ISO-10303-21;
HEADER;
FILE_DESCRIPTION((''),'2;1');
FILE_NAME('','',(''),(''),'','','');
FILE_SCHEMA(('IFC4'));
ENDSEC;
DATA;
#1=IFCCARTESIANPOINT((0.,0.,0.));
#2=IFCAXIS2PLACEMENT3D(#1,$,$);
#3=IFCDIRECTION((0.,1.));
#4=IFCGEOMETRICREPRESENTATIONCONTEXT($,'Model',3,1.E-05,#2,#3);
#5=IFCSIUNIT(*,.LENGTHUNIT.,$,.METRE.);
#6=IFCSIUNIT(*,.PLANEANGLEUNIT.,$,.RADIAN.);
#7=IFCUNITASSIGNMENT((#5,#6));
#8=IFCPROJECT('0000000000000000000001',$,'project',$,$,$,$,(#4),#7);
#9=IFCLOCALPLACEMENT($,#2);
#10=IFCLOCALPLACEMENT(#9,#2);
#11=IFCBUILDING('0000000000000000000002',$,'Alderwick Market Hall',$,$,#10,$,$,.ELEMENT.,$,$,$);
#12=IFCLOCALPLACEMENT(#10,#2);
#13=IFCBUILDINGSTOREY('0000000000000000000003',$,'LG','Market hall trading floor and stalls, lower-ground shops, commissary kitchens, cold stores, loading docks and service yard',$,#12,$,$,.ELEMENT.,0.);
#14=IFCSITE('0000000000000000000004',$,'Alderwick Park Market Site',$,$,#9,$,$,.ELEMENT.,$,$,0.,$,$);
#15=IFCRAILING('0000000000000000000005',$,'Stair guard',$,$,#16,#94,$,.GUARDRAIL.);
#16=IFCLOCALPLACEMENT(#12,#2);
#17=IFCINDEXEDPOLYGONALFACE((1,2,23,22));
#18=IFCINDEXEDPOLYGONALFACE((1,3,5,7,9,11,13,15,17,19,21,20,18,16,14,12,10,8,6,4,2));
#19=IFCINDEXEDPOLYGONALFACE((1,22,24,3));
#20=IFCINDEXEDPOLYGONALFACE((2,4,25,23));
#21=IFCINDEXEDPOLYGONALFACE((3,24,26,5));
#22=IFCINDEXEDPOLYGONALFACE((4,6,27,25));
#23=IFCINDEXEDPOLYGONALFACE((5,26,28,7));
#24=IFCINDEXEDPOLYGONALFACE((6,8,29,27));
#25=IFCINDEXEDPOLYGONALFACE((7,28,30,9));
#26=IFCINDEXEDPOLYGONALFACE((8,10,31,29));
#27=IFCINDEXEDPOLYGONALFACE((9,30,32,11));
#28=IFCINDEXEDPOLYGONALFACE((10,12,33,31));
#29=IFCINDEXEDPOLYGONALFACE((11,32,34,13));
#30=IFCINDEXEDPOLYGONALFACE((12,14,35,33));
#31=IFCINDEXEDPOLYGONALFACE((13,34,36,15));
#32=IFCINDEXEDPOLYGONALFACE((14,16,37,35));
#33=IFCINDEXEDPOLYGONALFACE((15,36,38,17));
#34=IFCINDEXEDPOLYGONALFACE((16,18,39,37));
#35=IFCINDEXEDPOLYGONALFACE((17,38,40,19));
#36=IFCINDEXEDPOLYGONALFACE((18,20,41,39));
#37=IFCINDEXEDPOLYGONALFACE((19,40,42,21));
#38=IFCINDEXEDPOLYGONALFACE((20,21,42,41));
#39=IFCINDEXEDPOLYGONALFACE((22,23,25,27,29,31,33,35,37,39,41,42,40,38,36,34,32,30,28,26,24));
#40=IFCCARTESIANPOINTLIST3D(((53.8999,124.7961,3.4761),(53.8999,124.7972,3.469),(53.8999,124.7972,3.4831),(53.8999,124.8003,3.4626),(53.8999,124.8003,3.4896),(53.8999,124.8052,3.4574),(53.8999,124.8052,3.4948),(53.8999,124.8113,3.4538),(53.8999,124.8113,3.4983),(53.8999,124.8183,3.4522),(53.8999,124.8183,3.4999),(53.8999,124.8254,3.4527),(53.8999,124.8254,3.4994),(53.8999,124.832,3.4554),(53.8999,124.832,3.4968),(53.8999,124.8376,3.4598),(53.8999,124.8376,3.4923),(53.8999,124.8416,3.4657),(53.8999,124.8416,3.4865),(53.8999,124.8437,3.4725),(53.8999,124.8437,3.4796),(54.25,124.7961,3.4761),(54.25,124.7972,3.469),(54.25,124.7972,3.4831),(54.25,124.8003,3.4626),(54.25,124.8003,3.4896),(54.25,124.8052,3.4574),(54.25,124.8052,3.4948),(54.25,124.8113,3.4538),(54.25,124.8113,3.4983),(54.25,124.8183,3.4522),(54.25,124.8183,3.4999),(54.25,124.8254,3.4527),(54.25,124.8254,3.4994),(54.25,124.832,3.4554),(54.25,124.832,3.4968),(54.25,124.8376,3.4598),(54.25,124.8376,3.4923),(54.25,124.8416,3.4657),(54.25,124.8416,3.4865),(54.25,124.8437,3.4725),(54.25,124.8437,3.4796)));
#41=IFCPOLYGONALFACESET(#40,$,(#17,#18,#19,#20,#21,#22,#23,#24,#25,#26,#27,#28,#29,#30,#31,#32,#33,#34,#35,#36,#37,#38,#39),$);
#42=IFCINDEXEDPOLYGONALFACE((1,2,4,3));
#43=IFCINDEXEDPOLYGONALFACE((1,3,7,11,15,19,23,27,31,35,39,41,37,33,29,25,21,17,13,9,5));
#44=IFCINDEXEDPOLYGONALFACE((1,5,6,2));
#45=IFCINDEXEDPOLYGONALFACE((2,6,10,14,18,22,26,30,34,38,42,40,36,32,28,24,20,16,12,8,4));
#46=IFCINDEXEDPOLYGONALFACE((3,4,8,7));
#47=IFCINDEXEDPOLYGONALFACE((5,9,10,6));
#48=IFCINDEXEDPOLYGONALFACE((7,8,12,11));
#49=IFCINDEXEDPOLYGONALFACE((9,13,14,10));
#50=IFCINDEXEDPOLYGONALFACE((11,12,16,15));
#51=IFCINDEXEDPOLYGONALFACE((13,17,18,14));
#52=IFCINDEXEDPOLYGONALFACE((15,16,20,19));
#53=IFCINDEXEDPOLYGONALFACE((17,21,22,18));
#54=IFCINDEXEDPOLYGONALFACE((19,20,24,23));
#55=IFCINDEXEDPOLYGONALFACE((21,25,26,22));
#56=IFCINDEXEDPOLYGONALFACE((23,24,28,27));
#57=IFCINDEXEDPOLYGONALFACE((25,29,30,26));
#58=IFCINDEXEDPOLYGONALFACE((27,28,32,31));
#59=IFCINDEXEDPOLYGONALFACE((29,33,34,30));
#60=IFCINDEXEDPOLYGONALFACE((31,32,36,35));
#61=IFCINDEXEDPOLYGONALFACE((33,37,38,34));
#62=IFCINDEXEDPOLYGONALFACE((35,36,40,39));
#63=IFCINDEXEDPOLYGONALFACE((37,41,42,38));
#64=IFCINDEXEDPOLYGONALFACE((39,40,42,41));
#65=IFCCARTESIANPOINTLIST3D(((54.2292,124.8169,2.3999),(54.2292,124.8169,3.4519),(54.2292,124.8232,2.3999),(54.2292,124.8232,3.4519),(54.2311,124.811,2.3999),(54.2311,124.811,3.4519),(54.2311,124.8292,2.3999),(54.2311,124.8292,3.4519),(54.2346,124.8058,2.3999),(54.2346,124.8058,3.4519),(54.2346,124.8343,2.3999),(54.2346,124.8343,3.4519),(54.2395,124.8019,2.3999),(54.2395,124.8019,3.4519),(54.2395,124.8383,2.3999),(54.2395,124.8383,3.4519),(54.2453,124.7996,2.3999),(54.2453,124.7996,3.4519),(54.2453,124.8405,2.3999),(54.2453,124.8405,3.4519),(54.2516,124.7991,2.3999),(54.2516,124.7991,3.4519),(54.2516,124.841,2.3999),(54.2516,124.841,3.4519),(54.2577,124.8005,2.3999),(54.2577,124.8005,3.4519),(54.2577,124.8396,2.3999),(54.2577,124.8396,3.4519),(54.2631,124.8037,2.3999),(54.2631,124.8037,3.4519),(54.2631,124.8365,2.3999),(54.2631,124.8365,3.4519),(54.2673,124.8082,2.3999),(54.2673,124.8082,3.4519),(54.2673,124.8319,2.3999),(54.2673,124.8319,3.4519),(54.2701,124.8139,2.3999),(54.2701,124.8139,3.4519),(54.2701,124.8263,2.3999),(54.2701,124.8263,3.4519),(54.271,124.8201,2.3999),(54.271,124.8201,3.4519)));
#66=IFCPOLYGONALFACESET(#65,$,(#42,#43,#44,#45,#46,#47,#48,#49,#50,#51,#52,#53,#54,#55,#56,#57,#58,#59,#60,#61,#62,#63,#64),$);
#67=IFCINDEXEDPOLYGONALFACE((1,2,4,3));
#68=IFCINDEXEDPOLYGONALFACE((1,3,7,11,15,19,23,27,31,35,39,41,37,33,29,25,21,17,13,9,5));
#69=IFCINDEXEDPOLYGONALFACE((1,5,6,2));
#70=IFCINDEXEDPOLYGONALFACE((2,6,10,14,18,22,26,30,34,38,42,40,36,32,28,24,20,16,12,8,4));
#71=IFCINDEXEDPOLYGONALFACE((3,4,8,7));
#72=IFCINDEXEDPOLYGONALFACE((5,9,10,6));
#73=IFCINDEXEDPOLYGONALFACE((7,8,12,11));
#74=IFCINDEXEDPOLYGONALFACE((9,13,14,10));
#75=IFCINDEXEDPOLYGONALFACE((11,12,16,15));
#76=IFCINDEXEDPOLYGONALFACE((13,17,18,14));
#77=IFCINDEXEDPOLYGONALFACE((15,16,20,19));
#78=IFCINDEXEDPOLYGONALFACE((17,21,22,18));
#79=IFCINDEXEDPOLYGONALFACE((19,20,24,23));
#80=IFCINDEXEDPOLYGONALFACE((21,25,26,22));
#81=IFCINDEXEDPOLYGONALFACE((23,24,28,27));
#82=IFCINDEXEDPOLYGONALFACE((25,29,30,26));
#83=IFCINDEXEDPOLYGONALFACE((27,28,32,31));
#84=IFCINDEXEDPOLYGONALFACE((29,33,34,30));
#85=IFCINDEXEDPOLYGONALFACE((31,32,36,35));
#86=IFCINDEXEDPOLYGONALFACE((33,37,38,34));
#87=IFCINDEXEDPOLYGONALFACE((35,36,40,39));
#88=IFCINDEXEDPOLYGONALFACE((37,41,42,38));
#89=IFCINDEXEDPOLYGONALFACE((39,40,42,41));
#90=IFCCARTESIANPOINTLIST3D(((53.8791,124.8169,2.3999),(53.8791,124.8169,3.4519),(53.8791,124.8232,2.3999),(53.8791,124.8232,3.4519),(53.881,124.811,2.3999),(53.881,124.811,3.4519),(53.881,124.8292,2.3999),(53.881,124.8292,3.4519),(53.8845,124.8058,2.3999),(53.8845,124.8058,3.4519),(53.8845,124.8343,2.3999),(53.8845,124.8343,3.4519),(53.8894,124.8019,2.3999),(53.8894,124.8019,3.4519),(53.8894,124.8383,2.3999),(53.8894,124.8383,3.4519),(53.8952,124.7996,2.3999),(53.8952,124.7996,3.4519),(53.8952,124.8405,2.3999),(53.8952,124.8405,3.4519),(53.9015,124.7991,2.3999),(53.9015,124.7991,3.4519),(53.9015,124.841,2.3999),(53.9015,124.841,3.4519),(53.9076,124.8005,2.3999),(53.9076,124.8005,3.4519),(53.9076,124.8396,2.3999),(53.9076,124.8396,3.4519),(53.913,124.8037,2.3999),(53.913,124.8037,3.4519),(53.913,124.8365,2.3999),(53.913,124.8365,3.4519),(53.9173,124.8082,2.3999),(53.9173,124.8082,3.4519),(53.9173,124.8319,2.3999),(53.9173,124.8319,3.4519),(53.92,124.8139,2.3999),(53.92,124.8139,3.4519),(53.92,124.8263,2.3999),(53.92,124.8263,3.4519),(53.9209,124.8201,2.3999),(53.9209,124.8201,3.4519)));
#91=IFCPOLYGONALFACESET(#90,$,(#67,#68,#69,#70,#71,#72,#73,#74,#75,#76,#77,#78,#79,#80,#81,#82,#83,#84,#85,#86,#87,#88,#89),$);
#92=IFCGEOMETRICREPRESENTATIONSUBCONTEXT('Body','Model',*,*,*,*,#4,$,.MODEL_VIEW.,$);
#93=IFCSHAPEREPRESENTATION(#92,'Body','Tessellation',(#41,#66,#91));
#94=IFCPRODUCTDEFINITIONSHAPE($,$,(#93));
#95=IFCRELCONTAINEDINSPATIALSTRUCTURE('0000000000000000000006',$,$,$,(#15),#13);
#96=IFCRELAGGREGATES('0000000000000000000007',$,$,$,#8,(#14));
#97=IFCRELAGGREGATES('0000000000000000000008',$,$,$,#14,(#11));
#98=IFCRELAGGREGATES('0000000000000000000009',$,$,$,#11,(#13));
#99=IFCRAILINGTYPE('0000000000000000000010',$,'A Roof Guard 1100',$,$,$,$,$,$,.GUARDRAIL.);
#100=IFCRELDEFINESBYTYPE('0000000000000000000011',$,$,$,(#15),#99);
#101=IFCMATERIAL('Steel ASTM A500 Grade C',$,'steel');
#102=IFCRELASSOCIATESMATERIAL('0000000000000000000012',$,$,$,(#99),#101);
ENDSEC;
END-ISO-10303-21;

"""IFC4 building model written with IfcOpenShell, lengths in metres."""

from ifc_helpers import new_model, si_unit, direction, frame, origin, origin_2d, place, context, subcontext, project, spatial, circle, extrude, material, type_object, element, save


model = new_model("IFC4")

# Units and contexts
model_context = context("Model", 3, precision=1e-05, world=origin(), true_north=direction((0.0, 1.0)))
body_context = subcontext(model_context, "Body", "Model", "MODEL_VIEW")
ifc_project = project(units=[si_unit("LENGTHUNIT", "METRE"), si_unit("PLANEANGLEUNIT", "RADIAN")], contexts=[model_context])

# Site, building, storey
site_placement = place(None, origin())
site = spatial("IfcSite", under=ifc_project, at=site_placement, Name="Alderwick Park Market Site", CompositionType="ELEMENT", RefElevation=0.0)
building_placement = place(site_placement, origin())
building = spatial("IfcBuilding", under=site, at=building_placement, Name="Alderwick Market Hall", CompositionType="ELEMENT")
storey_placement = place(building_placement, origin())
storey = spatial("IfcBuildingStorey", under=building, at=storey_placement, Name="LG", Description="Market hall trading floor and stalls, lower-ground shops, commissary kitchens, cold stores, loading docks and service yard", CompositionType="ELEMENT", Elevation=0.0)

# Railing
ifc_material_1 = material(Name="Steel ASTM A500 Grade C", Category="steel")
railing_type = type_object("IfcRailingType", Name="A Roof Guard 1100", PredefinedType="GUARDRAIL", material=ifc_material_1)
railing_1_placement = place(storey_placement, frame((54.25, 124.8201, 2.3999)))
element("IfcRailing", 1, at=railing_1_placement, inside=storey, type_object=railing_type, Name="Stair guard", PredefinedType="GUARDRAIL", context=body_context, shape_type="SweptSolid", body=[
    extrude(circle(Radius=0.0239, at=origin_2d()), frame((0.0, 0.0, 1.0762), z_axis=(-1.0, 0.0, 0.0), x_axis=(0.0, -1.0, 0.0)), (0.0, 0.0, 1.0), 0.3501),
    extrude(circle(Radius=0.021, at=origin_2d()), origin(), (0.0, 0.0, 1.0), 1.052),
    extrude(circle(Radius=0.021, at=origin_2d()), frame((-0.3501, 0.0, 0.0)), (0.0, 0.0, 1.0), 1.052),
])

save(model, "model.ifc")
